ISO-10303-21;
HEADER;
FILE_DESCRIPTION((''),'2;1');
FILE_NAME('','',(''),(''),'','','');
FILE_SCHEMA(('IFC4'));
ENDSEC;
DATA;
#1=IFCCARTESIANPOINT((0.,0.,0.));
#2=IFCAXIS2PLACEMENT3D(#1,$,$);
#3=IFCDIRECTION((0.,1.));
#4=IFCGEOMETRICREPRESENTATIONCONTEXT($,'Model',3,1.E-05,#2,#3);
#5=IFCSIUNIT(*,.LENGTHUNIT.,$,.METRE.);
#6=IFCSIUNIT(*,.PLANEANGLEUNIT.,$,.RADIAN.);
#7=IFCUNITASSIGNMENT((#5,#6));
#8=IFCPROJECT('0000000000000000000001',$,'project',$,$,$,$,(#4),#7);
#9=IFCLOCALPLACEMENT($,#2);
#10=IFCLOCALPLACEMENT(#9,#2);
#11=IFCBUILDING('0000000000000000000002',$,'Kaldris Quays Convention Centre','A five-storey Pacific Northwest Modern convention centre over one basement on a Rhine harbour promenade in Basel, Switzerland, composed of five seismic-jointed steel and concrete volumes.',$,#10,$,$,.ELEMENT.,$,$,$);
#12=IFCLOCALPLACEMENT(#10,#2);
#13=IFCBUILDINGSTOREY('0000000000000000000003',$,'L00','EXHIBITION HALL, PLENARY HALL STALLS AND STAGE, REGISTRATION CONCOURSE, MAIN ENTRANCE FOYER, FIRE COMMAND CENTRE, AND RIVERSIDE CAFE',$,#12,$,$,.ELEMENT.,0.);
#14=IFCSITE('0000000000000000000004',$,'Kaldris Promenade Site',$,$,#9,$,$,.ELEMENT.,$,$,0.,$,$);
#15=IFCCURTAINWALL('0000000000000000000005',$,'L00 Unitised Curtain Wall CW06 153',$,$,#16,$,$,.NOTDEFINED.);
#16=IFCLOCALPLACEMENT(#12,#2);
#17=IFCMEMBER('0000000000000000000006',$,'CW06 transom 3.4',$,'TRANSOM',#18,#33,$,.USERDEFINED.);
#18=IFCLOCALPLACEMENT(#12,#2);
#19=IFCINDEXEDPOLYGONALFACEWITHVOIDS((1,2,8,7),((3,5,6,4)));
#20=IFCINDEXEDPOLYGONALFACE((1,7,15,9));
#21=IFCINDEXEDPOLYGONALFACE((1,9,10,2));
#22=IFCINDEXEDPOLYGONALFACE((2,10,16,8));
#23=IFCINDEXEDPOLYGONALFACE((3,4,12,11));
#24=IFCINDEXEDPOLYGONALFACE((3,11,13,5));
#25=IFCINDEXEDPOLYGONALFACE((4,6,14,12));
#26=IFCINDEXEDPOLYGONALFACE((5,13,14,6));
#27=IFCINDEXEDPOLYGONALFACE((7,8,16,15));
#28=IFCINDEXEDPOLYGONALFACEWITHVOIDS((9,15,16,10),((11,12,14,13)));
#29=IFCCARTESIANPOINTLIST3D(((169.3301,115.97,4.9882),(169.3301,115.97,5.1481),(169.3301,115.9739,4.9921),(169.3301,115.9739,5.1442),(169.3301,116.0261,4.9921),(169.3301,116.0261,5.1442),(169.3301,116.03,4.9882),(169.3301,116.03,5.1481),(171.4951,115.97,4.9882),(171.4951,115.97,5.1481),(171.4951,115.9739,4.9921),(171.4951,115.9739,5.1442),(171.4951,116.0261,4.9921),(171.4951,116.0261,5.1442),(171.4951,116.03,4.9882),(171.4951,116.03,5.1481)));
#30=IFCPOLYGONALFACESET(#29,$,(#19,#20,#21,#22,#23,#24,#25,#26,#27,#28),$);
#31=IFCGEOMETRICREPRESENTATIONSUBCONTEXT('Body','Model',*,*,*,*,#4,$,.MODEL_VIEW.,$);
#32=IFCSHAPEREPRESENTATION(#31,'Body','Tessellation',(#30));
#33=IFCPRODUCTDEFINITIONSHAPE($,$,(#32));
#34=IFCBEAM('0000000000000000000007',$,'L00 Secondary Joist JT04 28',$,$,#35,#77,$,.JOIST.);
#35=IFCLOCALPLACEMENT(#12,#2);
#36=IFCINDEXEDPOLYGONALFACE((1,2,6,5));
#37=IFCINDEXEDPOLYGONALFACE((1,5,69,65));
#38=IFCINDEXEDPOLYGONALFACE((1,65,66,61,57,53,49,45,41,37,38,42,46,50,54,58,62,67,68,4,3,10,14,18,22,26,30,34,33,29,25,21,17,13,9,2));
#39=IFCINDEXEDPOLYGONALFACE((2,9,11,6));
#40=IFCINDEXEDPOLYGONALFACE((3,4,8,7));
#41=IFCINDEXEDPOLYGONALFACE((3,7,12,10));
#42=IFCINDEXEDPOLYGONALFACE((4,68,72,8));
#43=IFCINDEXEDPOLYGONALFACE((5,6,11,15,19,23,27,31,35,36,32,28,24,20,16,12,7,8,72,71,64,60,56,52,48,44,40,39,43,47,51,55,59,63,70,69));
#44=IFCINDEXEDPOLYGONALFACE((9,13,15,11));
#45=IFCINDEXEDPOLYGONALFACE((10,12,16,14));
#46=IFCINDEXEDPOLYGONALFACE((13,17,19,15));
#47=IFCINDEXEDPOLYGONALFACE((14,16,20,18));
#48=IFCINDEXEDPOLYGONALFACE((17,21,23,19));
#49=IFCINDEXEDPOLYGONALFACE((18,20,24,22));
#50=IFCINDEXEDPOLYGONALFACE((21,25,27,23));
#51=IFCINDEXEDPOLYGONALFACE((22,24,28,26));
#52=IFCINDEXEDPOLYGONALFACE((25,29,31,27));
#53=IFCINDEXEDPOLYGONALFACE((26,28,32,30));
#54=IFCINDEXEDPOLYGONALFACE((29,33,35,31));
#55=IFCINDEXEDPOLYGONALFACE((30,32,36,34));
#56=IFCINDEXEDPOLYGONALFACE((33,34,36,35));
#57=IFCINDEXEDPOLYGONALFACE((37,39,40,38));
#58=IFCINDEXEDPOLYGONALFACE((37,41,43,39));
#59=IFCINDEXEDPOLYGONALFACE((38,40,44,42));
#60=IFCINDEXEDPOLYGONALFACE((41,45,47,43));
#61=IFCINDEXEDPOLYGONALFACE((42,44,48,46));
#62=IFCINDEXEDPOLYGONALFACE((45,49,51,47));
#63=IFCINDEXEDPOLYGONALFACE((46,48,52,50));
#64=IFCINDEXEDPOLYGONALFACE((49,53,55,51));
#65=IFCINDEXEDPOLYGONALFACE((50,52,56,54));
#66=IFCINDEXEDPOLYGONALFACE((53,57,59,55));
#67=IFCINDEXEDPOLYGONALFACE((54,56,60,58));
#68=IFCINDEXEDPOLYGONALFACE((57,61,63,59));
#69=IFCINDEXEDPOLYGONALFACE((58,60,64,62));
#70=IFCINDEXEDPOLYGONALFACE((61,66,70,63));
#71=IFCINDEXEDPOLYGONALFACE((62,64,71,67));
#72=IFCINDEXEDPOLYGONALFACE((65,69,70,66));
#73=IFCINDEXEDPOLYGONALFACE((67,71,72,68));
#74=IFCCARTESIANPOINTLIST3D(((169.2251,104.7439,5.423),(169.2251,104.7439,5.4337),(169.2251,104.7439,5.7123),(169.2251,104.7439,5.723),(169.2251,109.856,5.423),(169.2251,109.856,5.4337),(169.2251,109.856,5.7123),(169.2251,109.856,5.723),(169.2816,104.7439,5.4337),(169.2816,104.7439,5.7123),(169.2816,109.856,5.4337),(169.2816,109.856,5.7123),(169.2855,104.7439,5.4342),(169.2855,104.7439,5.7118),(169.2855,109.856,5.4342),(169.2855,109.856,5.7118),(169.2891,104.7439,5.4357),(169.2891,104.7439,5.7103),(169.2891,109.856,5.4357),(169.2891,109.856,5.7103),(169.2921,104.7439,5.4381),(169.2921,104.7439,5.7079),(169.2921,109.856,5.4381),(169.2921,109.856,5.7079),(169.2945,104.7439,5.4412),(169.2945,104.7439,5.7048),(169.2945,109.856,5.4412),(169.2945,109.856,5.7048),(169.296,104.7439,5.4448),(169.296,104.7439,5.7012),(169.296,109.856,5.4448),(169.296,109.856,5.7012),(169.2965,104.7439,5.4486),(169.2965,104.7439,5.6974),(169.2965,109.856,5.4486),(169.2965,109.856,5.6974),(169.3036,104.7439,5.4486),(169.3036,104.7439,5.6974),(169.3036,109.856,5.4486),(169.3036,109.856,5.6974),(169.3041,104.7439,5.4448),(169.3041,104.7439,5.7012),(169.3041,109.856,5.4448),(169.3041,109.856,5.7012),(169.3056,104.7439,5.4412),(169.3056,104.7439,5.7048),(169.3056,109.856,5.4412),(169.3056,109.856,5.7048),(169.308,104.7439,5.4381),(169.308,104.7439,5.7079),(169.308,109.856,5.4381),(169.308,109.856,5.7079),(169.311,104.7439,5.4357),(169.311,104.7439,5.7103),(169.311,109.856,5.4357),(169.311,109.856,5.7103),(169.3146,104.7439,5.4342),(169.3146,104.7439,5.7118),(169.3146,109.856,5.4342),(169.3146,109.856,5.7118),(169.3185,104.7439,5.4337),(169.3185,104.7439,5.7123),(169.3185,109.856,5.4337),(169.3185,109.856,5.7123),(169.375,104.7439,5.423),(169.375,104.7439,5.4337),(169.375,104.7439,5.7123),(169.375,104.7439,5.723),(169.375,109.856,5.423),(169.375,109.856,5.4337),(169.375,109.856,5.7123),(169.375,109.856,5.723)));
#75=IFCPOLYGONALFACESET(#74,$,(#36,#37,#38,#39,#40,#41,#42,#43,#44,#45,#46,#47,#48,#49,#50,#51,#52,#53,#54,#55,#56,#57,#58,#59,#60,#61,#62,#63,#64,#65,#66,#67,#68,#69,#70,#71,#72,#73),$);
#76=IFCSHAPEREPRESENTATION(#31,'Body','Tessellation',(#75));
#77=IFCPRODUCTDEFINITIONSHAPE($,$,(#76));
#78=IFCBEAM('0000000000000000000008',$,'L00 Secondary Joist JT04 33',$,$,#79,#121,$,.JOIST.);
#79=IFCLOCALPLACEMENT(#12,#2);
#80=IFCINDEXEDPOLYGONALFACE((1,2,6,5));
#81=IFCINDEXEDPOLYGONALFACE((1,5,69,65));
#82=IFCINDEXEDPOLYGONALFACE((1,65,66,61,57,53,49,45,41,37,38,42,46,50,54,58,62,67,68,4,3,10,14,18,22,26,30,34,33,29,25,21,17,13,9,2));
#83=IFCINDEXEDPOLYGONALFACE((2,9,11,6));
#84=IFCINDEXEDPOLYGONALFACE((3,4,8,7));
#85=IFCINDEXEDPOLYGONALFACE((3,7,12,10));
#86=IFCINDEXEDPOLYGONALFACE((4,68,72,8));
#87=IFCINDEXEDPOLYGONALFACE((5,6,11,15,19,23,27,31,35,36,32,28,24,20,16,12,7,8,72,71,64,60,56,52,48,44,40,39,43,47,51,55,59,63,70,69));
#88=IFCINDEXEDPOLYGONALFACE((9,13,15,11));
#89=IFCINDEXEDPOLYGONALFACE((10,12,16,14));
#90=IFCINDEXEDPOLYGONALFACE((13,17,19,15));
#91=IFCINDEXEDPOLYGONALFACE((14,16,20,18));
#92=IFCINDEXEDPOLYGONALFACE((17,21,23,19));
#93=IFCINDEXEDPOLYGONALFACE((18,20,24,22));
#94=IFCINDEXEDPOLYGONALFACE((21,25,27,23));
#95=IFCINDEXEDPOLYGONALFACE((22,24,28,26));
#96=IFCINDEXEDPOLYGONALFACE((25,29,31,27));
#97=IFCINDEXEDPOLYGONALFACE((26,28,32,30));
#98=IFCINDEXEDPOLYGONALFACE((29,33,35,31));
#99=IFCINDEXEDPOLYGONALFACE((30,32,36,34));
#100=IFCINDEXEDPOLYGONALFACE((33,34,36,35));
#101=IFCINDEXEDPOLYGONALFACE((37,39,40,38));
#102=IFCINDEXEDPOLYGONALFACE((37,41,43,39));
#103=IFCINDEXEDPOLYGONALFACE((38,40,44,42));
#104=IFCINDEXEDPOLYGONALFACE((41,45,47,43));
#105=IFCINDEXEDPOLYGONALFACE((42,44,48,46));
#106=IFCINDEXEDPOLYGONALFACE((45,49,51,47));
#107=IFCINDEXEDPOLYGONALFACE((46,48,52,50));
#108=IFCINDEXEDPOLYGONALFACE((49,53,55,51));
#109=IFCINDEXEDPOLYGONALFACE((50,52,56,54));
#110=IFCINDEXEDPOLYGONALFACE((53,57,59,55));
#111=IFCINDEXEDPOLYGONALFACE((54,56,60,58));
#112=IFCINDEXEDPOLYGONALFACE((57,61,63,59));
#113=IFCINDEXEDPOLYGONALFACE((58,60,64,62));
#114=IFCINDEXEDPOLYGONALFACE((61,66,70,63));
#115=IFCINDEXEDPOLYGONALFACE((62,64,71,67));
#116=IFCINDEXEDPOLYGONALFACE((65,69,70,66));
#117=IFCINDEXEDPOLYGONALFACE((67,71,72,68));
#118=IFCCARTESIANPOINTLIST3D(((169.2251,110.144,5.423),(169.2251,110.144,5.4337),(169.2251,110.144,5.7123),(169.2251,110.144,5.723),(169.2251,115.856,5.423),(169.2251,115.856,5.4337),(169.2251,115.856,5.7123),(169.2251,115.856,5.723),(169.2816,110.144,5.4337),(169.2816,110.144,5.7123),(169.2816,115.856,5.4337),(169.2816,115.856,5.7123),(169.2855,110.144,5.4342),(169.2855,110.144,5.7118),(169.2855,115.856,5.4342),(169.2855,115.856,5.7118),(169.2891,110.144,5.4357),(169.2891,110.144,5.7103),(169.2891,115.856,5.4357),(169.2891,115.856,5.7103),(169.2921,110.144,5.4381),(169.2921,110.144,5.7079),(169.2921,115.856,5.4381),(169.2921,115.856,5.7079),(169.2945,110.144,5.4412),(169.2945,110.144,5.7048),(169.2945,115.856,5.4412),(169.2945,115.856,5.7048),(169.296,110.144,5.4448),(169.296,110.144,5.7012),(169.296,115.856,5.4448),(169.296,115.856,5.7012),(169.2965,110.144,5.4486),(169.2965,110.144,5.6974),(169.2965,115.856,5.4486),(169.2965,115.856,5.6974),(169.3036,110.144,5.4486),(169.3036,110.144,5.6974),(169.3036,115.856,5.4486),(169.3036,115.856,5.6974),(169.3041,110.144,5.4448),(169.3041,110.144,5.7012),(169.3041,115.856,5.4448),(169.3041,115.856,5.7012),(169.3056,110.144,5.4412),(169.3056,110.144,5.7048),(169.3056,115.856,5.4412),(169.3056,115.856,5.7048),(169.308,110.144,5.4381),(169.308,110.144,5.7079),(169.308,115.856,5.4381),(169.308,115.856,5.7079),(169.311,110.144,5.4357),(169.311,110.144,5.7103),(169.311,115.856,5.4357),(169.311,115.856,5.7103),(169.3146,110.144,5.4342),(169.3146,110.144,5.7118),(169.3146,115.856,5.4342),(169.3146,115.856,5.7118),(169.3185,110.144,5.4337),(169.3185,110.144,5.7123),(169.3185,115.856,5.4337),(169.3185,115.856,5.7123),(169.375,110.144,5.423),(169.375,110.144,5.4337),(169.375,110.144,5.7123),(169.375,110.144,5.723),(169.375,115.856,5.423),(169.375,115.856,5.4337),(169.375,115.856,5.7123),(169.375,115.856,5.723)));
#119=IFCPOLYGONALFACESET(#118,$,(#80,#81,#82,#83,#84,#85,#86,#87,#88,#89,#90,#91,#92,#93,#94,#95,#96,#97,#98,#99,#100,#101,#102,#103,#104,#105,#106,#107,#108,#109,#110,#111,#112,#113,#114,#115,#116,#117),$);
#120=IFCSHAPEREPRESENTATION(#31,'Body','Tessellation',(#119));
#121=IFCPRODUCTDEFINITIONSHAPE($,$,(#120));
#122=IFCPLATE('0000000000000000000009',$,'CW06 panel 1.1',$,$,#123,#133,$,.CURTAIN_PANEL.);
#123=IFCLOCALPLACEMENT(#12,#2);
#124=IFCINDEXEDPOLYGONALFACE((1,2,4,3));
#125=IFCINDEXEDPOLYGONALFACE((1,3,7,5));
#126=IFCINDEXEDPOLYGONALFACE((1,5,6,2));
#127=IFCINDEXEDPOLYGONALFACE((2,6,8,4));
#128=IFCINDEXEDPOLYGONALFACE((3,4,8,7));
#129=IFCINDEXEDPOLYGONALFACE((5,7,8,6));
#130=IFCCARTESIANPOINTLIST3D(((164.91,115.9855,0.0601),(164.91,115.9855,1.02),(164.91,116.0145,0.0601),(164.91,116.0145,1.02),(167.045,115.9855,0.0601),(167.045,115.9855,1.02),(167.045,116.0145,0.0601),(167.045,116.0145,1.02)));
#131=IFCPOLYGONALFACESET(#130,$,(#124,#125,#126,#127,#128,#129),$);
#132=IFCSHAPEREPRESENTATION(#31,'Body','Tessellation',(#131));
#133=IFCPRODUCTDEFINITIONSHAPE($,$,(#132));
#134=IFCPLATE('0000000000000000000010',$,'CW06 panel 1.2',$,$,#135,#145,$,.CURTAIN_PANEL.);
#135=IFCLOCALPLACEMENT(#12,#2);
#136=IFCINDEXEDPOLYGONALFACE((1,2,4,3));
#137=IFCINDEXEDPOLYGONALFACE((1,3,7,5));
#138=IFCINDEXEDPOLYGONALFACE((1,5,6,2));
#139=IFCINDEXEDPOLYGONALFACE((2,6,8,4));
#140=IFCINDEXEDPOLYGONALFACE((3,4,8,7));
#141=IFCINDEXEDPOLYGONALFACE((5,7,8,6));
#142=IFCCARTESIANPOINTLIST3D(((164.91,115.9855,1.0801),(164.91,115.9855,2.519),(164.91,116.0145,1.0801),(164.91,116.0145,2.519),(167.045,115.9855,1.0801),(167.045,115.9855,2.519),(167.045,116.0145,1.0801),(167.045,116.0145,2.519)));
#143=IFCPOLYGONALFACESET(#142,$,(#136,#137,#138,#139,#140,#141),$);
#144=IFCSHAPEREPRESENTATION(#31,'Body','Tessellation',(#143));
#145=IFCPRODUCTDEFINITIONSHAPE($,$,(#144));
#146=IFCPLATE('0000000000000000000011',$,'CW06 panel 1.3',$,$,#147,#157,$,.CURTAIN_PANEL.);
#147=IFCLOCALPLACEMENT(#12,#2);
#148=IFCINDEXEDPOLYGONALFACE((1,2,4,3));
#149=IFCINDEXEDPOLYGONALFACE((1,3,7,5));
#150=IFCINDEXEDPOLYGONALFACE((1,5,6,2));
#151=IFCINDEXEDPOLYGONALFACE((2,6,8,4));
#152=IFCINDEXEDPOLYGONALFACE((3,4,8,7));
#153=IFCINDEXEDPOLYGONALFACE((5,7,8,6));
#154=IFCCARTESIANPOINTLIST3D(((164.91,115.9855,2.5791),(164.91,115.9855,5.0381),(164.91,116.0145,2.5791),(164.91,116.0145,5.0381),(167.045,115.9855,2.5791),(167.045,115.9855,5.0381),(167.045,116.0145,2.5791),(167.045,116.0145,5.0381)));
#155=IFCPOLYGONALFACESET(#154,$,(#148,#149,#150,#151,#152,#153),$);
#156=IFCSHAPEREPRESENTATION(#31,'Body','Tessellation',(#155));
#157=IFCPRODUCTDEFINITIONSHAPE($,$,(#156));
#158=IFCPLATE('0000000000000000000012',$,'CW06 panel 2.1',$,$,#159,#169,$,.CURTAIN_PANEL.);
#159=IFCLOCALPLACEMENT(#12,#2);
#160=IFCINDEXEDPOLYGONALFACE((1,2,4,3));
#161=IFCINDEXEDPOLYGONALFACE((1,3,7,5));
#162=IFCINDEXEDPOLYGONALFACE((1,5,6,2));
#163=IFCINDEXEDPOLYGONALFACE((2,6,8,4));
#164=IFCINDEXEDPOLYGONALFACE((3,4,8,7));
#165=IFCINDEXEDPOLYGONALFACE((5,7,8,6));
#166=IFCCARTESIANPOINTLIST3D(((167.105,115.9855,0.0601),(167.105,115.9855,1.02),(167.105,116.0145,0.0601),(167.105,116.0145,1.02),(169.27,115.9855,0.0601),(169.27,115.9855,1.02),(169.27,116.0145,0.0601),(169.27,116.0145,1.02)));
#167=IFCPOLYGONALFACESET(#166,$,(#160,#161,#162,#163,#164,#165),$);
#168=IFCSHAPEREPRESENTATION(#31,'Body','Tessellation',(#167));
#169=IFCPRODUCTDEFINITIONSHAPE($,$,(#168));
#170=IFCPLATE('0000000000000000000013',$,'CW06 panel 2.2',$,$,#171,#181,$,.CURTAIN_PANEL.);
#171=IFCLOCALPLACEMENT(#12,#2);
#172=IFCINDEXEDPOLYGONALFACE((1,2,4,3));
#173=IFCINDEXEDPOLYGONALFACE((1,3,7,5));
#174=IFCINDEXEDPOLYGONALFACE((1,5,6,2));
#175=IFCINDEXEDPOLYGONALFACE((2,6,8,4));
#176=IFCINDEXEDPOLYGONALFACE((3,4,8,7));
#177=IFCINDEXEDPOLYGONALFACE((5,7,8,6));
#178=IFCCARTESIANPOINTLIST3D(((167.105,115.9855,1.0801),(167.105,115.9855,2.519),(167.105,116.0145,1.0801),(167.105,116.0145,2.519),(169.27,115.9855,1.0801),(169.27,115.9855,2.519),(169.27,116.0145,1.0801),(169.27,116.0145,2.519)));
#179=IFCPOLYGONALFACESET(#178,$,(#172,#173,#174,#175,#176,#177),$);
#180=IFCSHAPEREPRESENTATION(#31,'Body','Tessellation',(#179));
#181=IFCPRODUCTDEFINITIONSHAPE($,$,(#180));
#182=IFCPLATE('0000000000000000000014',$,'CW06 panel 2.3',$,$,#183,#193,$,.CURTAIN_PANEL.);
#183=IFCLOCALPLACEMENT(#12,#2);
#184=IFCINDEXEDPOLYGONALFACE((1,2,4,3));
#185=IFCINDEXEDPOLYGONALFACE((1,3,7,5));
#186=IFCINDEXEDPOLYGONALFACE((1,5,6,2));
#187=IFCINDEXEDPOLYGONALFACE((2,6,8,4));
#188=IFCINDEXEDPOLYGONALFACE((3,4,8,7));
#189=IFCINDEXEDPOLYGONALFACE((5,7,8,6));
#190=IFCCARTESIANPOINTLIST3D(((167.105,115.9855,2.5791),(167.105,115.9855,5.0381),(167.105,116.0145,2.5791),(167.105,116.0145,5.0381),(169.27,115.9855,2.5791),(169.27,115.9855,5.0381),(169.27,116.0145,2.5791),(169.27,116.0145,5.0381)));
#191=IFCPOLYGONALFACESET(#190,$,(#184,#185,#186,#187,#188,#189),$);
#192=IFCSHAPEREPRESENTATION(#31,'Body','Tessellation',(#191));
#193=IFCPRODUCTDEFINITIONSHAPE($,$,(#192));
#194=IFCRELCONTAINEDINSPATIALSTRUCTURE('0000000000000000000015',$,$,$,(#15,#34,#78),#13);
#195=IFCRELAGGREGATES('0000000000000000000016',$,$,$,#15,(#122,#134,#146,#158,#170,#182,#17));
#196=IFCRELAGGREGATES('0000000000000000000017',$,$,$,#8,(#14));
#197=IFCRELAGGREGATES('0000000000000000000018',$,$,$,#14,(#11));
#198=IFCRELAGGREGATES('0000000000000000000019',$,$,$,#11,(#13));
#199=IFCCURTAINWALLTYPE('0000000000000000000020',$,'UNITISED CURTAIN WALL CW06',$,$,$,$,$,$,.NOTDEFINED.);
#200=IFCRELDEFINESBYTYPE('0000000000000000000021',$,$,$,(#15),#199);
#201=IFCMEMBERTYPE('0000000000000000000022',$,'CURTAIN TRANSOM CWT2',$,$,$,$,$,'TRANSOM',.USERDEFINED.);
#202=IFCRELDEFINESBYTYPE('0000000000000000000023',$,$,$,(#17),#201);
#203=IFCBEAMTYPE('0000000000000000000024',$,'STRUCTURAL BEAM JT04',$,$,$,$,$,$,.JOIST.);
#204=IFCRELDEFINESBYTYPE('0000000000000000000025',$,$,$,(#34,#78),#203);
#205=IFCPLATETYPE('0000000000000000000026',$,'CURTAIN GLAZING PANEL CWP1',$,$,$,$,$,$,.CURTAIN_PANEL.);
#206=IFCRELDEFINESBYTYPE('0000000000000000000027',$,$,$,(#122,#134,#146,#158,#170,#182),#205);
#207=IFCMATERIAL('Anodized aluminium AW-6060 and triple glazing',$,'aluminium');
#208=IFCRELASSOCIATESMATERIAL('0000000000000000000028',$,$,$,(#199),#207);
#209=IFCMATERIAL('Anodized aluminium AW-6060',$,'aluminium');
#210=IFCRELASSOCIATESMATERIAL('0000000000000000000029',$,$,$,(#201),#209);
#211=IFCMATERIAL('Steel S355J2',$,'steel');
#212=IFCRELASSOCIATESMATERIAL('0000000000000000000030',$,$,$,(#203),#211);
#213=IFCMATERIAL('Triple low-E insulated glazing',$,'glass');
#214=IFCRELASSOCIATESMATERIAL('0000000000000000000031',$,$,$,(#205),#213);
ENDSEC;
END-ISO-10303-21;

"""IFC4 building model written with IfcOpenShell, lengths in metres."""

from ifc_helpers import new_model, si_unit, direction, frame, origin, origin_2d, place, context, subcontext, project, spatial, rectangle, hollow_rectangle, i_section, extrude, material, material_profile, profile_set, type_object, element, aggregate, save


model = new_model("IFC4")

# Units and contexts
model_context = context("Model", 3, precision=1e-05, world=origin(), true_north=direction((0.0, 1.0)))
body_context = subcontext(model_context, "Body", "Model", "MODEL_VIEW")
ifc_project = project(units=[si_unit("LENGTHUNIT", "METRE"), si_unit("PLANEANGLEUNIT", "RADIAN")], contexts=[model_context])

# Site, building, storey
site_placement = place(None, origin())
site = spatial("IfcSite", under=ifc_project, at=site_placement, Name="Kaldris Promenade Site", CompositionType="ELEMENT", RefElevation=0.0)
building_placement = place(site_placement, origin())
building = spatial("IfcBuilding", under=site, at=building_placement, Name="Kaldris Quays Convention Centre", Description="A five-storey Pacific Northwest Modern convention centre over one basement on a Rhine harbour promenade in Basel, Switzerland, composed of five seismic-jointed steel and concrete volumes.", CompositionType="ELEMENT")
storey_placement = place(building_placement, origin())
storey = spatial("IfcBuildingStorey", under=building, at=storey_placement, Name="L00", Description="EXHIBITION HALL, PLENARY HALL STALLS AND STAGE, REGISTRATION CONCOURSE, MAIN ENTRANCE FOYER, FIRE COMMAND CENTRE, AND RIVERSIDE CAFE", CompositionType="ELEMENT", Elevation=0.0)

# Curtain wall, member
ifc_material_1 = material(Name="Anodized aluminium AW-6060 and triple glazing", Category="aluminium")
curtain_wall_type = type_object("IfcCurtainWallType", Name="UNITISED CURTAIN WALL CW06", PredefinedType="NOTDEFINED", material=ifc_material_1)
curtain_wall_placement = place(storey_placement, origin())
curtain_wall = element("IfcCurtainWall", 1, at=curtain_wall_placement, inside=storey, type_object=curtain_wall_type, Name="L00 Unitised Curtain Wall CW06 153", PredefinedType="NOTDEFINED")
ifc_material_2 = material(Name="Anodized aluminium AW-6060", Category="aluminium")
ifc_material_profile_1 = material_profile(ifc_material_2, hollow_rectangle(XDim=0.0601, YDim=0.1599, WallThickness=0.0039, at=origin_2d()), Name="RHS 160x60x4")
ifc_profile_set_1 = profile_set([ifc_material_profile_1], Name="Anodized aluminium AW-6060")
member_type_1 = type_object("IfcMemberType", Name="CURTAIN TRANSOM CWT2", ElementType="TRANSOM", PredefinedType="USERDEFINED", material=ifc_profile_set_1)
member_1_placement = place(storey_placement, frame((169.3301, 116.0, 5.0681), z_axis=(1.0, 0.0, 0.0), x_axis=(0.0, 1.0, 0.0)))
member_1 = element("IfcMember", 2, at=member_1_placement, type_object=member_type_1, Name="CW06 transom 3.4", ObjectType="TRANSOM", PredefinedType="USERDEFINED", context=body_context, shape_type="SweptSolid", body=[
    extrude(hollow_rectangle(XDim=0.0601, YDim=0.1599, WallThickness=0.0039, at=origin_2d()), origin(), (0.0, 0.0, 1.0), 2.165),
])

# Beams
ifc_material_3 = material(Name="Steel S355J2", Category="steel")
ifc_material_profile_2 = material_profile(ifc_material_3, i_section(OverallWidth=0.1499, OverallDepth=0.3, WebThickness=0.0071, FlangeThickness=0.0107, FilletRadius=0.0149, at=origin_2d()), Name="IPE 300")
ifc_profile_set_2 = profile_set([ifc_material_profile_2], Name="Steel S355J2")
beam_type = type_object("IfcBeamType", Name="STRUCTURAL BEAM JT04", PredefinedType="JOIST", material=ifc_profile_set_2)
beam_1_placement = place(storey_placement, frame((169.3, 104.7439, 5.573), z_axis=(0.0, 1.0, 0.0), x_axis=(-1.0, 0.0, 0.0)))
element("IfcBeam", 3, at=beam_1_placement, inside=storey, type_object=beam_type, Name="L00 Secondary Joist JT04 28", PredefinedType="JOIST", context=body_context, shape_type="SweptSolid", body=[
    extrude(i_section(OverallWidth=0.1499, OverallDepth=0.3, WebThickness=0.0071, FlangeThickness=0.0107, FilletRadius=0.0149, at=origin_2d()), origin(), (0.0, 0.0, 1.0), 5.1121),
])
beam_2_placement = place(storey_placement, frame((169.3, 110.144, 5.573), z_axis=(0.0, 1.0, 0.0), x_axis=(-1.0, 0.0, 0.0)))
element("IfcBeam", 4, at=beam_2_placement, inside=storey, type_object=beam_type, Name="L00 Secondary Joist JT04 33", PredefinedType="JOIST", context=body_context, shape_type="SweptSolid", body=[
    extrude(i_section(OverallWidth=0.1499, OverallDepth=0.3, WebThickness=0.0071, FlangeThickness=0.0107, FilletRadius=0.0149, at=origin_2d()), origin(), (0.0, 0.0, 1.0), 5.7119),
])

# Plates
ifc_material_4 = material(Name="Triple low-E insulated glazing", Category="glass")
plate_type = type_object("IfcPlateType", Name="CURTAIN GLAZING PANEL CWP1", PredefinedType="CURTAIN_PANEL", material=ifc_material_4)
plate_1_placement = place(storey_placement, frame((165.9775, 116.0, 0.0601), z_axis=(0.0, 0.0, 1.0), x_axis=(1.0, 0.0, 0.0)))
plate_1 = element("IfcPlate", 5, at=plate_1_placement, type_object=plate_type, Name="CW06 panel 1.1", PredefinedType="CURTAIN_PANEL", context=body_context, shape_type="SweptSolid", body=[
    extrude(rectangle(XDim=2.135, YDim=0.0291, at=origin_2d()), origin(), (0.0, 0.0, 1.0), 0.96),
])
plate_2_placement = place(storey_placement, frame((165.9775, 116.0, 1.0801), z_axis=(0.0, 0.0, 1.0), x_axis=(1.0, 0.0, 0.0)))
plate_2 = element("IfcPlate", 6, at=plate_2_placement, type_object=plate_type, Name="CW06 panel 1.2", PredefinedType="CURTAIN_PANEL", context=body_context, shape_type="SweptSolid", body=[
    extrude(rectangle(XDim=2.135, YDim=0.0291, at=origin_2d()), origin(), (0.0, 0.0, 1.0), 1.439),
])
plate_3_placement = place(storey_placement, frame((165.9775, 116.0, 2.5791), z_axis=(0.0, 0.0, 1.0), x_axis=(1.0, 0.0, 0.0)))
plate_3 = element("IfcPlate", 7, at=plate_3_placement, type_object=plate_type, Name="CW06 panel 1.3", PredefinedType="CURTAIN_PANEL", context=body_context, shape_type="SweptSolid", body=[
    extrude(rectangle(XDim=2.135, YDim=0.0291, at=origin_2d()), origin(), (0.0, 0.0, 1.0), 2.459),
])
plate_4_placement = place(storey_placement, frame((168.1875, 116.0, 0.0601), z_axis=(0.0, 0.0, 1.0), x_axis=(1.0, 0.0, 0.0)))
plate_4 = element("IfcPlate", 8, at=plate_4_placement, type_object=plate_type, Name="CW06 panel 2.1", PredefinedType="CURTAIN_PANEL", context=body_context, shape_type="SweptSolid", body=[
    extrude(rectangle(XDim=2.165, YDim=0.0291, at=origin_2d()), origin(), (0.0, 0.0, 1.0), 0.96),
])
plate_5_placement = place(storey_placement, frame((168.1875, 116.0, 1.0801), z_axis=(0.0, 0.0, 1.0), x_axis=(1.0, 0.0, 0.0)))
plate_5 = element("IfcPlate", 9, at=plate_5_placement, type_object=plate_type, Name="CW06 panel 2.2", PredefinedType="CURTAIN_PANEL", context=body_context, shape_type="SweptSolid", body=[
    extrude(rectangle(XDim=2.165, YDim=0.0291, at=origin_2d()), origin(), (0.0, 0.0, 1.0), 1.439),
])
plate_6_placement = place(storey_placement, frame((168.1875, 116.0, 2.5791), z_axis=(0.0, 0.0, 1.0), x_axis=(1.0, 0.0, 0.0)))
plate_6 = element("IfcPlate", 10, at=plate_6_placement, type_object=plate_type, Name="CW06 panel 2.3", PredefinedType="CURTAIN_PANEL", context=body_context, shape_type="SweptSolid", body=[
    extrude(rectangle(XDim=2.165, YDim=0.0291, at=origin_2d()), origin(), (0.0, 0.0, 1.0), 2.459),
])
aggregate(curtain_wall, [plate_1, plate_2, plate_3, plate_4, plate_5, plate_6, member_1])

save(model, "model.ifc")
